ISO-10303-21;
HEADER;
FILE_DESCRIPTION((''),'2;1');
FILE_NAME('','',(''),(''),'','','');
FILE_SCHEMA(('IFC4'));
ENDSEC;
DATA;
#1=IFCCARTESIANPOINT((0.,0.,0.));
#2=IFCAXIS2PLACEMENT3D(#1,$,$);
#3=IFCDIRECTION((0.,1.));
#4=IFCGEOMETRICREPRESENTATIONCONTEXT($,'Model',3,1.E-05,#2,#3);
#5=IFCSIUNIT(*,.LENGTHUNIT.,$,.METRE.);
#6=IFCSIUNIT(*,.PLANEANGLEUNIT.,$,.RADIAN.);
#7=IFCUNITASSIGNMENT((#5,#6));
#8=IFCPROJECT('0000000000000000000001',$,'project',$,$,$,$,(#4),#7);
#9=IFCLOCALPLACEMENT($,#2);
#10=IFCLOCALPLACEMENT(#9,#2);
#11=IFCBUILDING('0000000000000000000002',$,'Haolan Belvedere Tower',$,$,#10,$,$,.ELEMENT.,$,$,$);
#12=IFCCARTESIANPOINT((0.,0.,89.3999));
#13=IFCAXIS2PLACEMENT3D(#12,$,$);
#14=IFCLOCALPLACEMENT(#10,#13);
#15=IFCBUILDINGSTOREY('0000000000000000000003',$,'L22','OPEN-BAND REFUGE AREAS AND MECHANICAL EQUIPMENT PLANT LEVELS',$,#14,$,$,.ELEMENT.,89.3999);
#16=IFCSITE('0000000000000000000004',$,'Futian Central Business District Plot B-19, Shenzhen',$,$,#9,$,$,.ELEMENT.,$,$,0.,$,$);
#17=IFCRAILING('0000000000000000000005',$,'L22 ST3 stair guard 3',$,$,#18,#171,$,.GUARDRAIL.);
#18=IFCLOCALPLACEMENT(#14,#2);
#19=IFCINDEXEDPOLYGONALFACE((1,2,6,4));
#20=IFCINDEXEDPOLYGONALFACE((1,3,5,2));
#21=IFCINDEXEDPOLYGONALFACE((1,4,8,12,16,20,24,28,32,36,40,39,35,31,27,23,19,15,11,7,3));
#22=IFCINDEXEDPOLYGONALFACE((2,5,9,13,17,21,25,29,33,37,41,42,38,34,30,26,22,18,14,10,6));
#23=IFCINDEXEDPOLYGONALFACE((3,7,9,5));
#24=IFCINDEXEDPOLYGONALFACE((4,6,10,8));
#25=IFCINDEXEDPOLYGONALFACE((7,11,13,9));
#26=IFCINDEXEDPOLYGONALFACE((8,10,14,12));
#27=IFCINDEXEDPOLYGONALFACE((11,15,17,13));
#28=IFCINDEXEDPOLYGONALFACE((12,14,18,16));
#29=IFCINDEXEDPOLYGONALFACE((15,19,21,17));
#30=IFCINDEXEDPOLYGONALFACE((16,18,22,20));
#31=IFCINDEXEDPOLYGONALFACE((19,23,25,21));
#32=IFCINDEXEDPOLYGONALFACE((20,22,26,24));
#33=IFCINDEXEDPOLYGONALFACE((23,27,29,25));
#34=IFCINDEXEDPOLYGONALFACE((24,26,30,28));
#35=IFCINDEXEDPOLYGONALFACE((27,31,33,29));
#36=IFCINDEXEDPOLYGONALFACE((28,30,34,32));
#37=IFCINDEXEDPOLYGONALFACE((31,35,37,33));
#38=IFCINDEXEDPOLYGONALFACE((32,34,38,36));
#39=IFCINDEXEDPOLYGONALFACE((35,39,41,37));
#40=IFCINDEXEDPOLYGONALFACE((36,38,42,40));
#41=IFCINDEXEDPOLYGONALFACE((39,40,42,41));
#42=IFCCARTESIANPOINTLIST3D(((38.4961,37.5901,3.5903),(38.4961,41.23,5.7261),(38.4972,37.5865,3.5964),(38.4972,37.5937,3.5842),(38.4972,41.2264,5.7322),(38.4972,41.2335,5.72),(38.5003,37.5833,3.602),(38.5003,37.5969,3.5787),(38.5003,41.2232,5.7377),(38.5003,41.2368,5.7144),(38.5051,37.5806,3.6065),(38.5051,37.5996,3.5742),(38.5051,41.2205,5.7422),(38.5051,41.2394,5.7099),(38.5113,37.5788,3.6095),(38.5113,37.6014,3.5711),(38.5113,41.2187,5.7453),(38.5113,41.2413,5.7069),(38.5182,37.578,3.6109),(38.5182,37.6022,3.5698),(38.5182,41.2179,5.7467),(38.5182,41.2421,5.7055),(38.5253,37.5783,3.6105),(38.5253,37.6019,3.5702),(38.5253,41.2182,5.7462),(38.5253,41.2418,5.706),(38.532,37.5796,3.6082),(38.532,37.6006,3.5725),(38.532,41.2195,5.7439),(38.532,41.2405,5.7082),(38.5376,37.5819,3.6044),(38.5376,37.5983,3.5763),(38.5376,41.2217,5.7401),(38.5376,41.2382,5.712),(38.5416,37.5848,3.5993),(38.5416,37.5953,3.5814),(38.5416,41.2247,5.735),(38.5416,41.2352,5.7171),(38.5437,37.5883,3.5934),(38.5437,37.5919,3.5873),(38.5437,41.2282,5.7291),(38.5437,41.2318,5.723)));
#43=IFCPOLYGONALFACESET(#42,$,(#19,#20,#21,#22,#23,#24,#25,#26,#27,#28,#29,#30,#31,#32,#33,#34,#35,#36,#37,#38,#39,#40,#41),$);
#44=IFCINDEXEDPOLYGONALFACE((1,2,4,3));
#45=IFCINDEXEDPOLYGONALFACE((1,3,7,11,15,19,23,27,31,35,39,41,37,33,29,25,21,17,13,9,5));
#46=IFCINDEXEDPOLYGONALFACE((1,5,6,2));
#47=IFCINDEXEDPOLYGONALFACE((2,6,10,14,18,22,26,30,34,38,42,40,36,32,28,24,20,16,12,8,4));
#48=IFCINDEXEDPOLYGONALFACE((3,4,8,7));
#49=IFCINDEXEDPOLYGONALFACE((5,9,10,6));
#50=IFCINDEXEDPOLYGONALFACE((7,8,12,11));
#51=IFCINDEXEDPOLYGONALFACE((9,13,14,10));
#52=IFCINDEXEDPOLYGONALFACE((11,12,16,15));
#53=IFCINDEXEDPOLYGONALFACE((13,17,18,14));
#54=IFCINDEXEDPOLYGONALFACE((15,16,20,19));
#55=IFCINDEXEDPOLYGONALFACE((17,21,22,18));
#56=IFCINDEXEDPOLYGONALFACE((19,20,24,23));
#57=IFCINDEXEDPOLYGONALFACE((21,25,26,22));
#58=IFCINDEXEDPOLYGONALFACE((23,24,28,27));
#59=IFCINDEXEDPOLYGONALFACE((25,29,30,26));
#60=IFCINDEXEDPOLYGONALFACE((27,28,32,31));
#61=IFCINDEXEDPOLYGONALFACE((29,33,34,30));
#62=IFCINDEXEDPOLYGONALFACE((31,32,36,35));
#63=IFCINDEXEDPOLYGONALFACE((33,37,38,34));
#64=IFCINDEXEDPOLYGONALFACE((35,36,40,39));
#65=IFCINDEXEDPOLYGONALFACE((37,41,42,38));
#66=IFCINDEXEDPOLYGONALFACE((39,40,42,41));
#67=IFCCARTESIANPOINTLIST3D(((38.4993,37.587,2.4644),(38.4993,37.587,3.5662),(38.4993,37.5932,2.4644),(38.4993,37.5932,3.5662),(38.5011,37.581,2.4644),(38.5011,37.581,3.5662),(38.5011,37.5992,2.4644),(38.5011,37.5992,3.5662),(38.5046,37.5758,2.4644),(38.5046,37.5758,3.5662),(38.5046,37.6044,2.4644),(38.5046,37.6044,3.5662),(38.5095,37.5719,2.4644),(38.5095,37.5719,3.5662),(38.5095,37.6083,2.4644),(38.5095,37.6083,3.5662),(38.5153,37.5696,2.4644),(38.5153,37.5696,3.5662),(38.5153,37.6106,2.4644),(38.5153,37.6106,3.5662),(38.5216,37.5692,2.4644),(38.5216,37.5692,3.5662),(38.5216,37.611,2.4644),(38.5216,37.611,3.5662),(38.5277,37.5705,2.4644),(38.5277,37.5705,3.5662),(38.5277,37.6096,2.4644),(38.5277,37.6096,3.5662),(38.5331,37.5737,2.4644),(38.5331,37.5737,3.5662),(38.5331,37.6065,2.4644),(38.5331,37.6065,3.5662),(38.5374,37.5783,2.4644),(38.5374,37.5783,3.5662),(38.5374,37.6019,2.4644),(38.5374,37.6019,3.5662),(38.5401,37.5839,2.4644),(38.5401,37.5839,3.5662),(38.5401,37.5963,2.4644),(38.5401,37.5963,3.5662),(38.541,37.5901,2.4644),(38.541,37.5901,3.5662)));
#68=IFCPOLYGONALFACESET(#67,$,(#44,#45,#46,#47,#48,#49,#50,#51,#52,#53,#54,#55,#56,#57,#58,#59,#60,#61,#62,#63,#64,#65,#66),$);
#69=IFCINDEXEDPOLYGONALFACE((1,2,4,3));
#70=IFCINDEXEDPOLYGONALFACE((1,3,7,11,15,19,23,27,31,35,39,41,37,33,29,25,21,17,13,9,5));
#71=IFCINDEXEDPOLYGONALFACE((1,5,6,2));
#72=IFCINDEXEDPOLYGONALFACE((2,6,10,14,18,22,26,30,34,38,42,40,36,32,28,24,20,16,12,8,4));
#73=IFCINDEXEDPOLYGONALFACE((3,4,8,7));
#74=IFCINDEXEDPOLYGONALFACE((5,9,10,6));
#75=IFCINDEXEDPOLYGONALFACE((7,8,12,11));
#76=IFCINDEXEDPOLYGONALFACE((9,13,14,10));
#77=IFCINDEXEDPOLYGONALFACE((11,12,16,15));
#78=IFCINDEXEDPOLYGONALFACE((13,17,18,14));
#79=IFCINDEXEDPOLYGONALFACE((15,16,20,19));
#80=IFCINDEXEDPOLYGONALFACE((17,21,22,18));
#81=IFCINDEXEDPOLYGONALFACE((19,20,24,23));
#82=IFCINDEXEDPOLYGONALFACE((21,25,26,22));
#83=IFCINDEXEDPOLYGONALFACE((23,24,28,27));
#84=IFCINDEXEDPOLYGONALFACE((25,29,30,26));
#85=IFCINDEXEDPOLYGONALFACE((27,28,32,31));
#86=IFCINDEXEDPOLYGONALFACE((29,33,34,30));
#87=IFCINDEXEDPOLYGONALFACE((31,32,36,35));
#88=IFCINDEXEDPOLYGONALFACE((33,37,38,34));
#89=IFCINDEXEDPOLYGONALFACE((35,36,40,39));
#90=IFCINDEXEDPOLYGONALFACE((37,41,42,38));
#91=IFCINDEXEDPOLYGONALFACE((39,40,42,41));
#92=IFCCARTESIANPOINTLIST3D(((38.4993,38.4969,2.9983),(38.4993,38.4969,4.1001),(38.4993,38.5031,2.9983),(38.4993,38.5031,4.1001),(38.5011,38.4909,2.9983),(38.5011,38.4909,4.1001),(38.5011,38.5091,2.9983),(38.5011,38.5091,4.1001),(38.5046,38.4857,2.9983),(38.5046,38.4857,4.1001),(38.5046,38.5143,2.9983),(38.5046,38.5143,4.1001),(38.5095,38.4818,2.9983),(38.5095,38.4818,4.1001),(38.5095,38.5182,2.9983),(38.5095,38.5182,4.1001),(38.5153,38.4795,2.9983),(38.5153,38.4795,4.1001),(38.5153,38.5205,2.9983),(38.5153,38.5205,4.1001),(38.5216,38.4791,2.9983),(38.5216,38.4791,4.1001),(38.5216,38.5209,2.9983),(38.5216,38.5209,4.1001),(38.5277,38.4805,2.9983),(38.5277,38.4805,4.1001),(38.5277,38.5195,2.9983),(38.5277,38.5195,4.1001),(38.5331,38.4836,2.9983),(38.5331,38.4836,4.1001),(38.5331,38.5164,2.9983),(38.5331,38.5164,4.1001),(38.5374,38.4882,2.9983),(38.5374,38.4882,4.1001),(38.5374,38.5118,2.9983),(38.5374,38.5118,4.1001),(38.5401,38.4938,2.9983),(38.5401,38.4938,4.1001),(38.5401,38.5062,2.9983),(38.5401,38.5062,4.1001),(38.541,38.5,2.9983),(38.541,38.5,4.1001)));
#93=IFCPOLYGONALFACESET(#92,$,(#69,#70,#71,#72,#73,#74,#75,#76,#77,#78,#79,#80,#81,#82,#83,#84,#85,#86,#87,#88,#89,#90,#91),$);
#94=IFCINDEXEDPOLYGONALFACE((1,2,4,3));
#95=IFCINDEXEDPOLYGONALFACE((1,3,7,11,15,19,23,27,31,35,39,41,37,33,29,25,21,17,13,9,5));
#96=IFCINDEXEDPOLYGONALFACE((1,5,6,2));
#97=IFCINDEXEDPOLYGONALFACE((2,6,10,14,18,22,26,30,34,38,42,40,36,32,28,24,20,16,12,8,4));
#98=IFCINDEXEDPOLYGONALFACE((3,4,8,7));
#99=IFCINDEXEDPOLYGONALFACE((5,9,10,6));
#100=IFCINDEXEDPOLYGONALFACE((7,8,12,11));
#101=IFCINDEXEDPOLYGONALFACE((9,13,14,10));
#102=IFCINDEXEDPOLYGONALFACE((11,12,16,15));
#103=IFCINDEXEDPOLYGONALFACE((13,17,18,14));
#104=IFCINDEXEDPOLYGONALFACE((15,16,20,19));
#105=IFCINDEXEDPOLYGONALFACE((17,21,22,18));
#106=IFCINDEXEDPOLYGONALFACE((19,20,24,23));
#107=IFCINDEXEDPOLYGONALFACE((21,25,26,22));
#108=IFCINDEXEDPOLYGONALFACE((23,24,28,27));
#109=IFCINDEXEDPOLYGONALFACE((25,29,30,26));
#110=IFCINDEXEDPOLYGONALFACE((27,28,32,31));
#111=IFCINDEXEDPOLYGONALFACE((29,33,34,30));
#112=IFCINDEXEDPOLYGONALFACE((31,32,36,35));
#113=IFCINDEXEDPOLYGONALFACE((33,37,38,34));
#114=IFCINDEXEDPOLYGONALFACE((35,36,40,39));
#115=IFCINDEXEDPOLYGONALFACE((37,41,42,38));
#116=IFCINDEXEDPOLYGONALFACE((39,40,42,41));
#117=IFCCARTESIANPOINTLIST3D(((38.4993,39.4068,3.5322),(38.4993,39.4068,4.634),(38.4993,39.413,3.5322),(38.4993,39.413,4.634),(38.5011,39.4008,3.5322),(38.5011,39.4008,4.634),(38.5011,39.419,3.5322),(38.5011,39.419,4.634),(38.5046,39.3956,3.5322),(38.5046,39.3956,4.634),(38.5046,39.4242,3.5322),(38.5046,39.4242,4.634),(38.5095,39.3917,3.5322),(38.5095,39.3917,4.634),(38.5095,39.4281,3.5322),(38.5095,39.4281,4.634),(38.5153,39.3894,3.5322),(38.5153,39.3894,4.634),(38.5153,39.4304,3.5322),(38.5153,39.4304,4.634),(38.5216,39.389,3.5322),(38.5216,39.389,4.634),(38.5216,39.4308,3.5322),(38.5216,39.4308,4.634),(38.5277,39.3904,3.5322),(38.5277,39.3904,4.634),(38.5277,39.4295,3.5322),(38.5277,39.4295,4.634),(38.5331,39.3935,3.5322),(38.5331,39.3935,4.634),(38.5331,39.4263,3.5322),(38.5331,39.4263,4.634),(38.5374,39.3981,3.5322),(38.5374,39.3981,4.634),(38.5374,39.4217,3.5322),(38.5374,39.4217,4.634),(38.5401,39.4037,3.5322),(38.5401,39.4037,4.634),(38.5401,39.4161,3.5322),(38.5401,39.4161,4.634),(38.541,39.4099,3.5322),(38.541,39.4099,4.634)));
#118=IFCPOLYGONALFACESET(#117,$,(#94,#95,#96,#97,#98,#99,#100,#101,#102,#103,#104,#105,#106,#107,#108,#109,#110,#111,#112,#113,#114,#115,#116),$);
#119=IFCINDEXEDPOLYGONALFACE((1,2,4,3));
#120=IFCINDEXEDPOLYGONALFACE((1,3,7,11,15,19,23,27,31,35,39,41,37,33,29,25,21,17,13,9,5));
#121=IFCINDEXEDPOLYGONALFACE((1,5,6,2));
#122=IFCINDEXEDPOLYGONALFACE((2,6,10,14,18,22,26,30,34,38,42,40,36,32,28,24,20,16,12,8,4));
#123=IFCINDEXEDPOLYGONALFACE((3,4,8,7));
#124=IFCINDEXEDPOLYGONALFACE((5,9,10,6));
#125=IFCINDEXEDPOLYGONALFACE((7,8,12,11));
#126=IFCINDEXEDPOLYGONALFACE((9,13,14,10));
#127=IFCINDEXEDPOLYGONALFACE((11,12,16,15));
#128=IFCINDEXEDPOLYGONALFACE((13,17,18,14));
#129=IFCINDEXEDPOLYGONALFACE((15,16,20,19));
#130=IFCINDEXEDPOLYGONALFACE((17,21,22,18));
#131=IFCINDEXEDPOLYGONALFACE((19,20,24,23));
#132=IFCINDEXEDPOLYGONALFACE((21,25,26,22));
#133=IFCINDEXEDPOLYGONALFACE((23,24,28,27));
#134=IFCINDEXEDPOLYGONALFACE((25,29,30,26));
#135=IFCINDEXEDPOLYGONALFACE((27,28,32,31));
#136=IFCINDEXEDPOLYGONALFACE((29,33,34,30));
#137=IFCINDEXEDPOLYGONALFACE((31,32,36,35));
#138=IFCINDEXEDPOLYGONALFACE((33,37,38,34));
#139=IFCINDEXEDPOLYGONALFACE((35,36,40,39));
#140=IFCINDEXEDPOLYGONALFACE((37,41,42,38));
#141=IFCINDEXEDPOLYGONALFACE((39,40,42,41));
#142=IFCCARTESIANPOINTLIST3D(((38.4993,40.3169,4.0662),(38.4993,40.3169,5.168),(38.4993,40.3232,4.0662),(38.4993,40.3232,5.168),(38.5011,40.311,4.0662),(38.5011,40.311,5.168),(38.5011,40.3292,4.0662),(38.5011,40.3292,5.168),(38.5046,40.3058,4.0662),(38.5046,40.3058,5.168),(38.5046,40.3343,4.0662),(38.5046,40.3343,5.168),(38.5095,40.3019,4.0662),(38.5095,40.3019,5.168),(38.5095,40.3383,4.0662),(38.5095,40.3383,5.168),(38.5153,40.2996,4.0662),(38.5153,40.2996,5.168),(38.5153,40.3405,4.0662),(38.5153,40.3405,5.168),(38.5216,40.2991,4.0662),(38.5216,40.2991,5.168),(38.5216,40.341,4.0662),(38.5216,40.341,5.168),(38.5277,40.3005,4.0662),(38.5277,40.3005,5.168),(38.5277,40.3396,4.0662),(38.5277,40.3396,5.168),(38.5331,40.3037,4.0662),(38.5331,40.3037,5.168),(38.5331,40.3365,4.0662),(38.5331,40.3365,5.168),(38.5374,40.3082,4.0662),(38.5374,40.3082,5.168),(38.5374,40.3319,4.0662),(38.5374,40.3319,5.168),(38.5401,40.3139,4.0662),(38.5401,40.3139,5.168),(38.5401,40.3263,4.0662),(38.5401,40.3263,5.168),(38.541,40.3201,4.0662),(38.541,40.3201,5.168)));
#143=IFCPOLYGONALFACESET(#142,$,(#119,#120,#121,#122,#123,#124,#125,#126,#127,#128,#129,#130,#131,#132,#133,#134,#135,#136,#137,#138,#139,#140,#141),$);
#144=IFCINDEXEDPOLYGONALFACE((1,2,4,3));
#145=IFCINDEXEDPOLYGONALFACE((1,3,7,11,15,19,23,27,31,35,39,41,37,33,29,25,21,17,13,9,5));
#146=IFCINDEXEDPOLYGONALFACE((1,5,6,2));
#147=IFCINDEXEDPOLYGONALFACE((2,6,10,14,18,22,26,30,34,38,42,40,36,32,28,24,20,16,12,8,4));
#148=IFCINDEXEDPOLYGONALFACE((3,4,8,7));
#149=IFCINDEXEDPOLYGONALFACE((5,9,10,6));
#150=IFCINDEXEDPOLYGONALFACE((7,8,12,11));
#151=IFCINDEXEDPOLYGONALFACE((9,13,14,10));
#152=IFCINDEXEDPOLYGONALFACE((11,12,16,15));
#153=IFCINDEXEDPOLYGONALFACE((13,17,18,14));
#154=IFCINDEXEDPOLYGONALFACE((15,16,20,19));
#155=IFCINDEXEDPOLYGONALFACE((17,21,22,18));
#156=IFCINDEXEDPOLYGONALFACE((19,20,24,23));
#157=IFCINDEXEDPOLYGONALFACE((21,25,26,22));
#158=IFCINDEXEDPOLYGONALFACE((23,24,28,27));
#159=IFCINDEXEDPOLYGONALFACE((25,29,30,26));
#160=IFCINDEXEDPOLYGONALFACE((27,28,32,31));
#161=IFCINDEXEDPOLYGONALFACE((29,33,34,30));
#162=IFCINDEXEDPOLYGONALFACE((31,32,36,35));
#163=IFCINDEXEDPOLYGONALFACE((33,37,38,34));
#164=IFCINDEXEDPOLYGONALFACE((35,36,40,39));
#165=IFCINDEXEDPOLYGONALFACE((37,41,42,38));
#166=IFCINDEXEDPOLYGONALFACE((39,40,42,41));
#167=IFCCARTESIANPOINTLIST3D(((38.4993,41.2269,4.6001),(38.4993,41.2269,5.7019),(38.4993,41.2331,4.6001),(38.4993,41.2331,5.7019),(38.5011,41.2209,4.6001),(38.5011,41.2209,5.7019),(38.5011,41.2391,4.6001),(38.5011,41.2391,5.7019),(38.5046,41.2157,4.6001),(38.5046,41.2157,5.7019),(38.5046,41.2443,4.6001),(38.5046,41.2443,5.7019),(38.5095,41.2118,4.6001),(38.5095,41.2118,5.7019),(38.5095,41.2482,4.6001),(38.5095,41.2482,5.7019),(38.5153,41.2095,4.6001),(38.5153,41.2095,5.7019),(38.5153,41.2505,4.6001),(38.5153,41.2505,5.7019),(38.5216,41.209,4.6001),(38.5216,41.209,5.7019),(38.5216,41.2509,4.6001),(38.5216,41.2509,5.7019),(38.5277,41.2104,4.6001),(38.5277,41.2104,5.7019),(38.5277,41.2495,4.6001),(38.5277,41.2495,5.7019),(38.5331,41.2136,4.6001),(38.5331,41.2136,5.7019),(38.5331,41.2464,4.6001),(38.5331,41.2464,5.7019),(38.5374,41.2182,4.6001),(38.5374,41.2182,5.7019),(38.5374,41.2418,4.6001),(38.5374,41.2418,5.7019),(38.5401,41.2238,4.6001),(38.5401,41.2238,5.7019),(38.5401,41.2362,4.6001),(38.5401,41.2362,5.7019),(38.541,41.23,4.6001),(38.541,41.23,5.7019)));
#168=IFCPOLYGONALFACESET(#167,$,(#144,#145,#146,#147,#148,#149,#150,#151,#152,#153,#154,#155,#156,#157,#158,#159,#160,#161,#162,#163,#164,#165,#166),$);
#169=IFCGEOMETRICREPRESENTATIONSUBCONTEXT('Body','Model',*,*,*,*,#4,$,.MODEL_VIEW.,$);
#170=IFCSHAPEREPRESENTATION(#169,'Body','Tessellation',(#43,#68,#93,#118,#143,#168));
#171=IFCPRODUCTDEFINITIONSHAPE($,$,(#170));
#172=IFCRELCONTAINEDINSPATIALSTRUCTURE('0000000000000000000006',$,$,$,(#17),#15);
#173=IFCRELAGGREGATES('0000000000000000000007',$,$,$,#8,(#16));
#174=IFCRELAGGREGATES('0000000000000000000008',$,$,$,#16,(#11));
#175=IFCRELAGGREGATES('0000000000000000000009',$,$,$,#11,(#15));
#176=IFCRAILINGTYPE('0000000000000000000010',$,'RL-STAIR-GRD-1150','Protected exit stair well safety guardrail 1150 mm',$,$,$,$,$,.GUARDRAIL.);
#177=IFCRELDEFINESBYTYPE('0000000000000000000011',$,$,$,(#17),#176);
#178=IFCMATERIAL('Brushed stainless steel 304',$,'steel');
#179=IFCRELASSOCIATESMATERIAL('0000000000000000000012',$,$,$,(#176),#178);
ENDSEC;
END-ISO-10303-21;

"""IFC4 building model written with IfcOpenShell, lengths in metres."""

from ifc_helpers import new_model, si_unit, direction, frame, origin, origin_2d, place, context, subcontext, project, spatial, circle, extrude, material, type_object, element, save


model = new_model("IFC4")

# Units and contexts
model_context = context("Model", 3, precision=1e-05, world=origin(), true_north=direction((0.0, 1.0)))
body_context = subcontext(model_context, "Body", "Model", "MODEL_VIEW")
ifc_project = project(units=[si_unit("LENGTHUNIT", "METRE"), si_unit("PLANEANGLEUNIT", "RADIAN")], contexts=[model_context])

# Site, building, storey
site_placement = place(None, origin())
site = spatial("IfcSite", under=ifc_project, at=site_placement, Name="Futian Central Business District Plot B-19, Shenzhen", CompositionType="ELEMENT", RefElevation=0.0)
building_placement = place(site_placement, origin())
building = spatial("IfcBuilding", under=site, at=building_placement, Name="Haolan Belvedere Tower", CompositionType="ELEMENT")
storey_placement = place(building_placement, frame((0.0, 0.0, 89.3999)))
storey = spatial("IfcBuildingStorey", under=building, at=storey_placement, Name="L22", Description="OPEN-BAND REFUGE AREAS AND MECHANICAL EQUIPMENT PLANT LEVELS", CompositionType="ELEMENT", Elevation=89.3999)

# Railing
ifc_material_1 = material(Name="Brushed stainless steel 304", Category="steel")
railing_type_1 = type_object("IfcRailingType", Name="RL-STAIR-GRD-1150", Description="Protected exit stair well safety guardrail 1150 mm", PredefinedType="GUARDRAIL", material=ifc_material_1)
railing_1_placement = place(storey_placement, frame((38.52, 37.5901, 2.4644)))
element("IfcRailing", 1, at=railing_1_placement, inside=storey, type_object=railing_type_1, Name="L22 ST3 stair guard 3", PredefinedType="GUARDRAIL", context=body_context, shape_type="SweptSolid", body=[
    extrude(circle(Radius=0.0239, at=origin_2d()), frame((0.0, 0.0, 1.126), z_axis=(0.0, 0.86249, 0.506074), x_axis=(-1.0, 0.0, 0.0)), (0.0, 0.0, 1.0), 4.2202),
    extrude(circle(Radius=0.021, at=origin_2d()), origin(), (0.0, 0.0, 1.0), 1.1018),
    extrude(circle(Radius=0.021, at=origin_2d()), frame((0.0, 0.9099, 0.5339)), (0.0, 0.0, 1.0), 1.1018),
    extrude(circle(Radius=0.021, at=origin_2d()), frame((0.0, 1.8198, 1.0679)), (0.0, 0.0, 1.0), 1.1018),
    extrude(circle(Radius=0.021, at=origin_2d()), frame((0.0, 2.73, 1.6018)), (0.0, 0.0, 1.0), 1.1018),
    extrude(circle(Radius=0.021, at=origin_2d()), frame((0.0, 3.6399, 2.1357)), (0.0, 0.0, 1.0), 1.1018),
])

save(model, "model.ifc")
